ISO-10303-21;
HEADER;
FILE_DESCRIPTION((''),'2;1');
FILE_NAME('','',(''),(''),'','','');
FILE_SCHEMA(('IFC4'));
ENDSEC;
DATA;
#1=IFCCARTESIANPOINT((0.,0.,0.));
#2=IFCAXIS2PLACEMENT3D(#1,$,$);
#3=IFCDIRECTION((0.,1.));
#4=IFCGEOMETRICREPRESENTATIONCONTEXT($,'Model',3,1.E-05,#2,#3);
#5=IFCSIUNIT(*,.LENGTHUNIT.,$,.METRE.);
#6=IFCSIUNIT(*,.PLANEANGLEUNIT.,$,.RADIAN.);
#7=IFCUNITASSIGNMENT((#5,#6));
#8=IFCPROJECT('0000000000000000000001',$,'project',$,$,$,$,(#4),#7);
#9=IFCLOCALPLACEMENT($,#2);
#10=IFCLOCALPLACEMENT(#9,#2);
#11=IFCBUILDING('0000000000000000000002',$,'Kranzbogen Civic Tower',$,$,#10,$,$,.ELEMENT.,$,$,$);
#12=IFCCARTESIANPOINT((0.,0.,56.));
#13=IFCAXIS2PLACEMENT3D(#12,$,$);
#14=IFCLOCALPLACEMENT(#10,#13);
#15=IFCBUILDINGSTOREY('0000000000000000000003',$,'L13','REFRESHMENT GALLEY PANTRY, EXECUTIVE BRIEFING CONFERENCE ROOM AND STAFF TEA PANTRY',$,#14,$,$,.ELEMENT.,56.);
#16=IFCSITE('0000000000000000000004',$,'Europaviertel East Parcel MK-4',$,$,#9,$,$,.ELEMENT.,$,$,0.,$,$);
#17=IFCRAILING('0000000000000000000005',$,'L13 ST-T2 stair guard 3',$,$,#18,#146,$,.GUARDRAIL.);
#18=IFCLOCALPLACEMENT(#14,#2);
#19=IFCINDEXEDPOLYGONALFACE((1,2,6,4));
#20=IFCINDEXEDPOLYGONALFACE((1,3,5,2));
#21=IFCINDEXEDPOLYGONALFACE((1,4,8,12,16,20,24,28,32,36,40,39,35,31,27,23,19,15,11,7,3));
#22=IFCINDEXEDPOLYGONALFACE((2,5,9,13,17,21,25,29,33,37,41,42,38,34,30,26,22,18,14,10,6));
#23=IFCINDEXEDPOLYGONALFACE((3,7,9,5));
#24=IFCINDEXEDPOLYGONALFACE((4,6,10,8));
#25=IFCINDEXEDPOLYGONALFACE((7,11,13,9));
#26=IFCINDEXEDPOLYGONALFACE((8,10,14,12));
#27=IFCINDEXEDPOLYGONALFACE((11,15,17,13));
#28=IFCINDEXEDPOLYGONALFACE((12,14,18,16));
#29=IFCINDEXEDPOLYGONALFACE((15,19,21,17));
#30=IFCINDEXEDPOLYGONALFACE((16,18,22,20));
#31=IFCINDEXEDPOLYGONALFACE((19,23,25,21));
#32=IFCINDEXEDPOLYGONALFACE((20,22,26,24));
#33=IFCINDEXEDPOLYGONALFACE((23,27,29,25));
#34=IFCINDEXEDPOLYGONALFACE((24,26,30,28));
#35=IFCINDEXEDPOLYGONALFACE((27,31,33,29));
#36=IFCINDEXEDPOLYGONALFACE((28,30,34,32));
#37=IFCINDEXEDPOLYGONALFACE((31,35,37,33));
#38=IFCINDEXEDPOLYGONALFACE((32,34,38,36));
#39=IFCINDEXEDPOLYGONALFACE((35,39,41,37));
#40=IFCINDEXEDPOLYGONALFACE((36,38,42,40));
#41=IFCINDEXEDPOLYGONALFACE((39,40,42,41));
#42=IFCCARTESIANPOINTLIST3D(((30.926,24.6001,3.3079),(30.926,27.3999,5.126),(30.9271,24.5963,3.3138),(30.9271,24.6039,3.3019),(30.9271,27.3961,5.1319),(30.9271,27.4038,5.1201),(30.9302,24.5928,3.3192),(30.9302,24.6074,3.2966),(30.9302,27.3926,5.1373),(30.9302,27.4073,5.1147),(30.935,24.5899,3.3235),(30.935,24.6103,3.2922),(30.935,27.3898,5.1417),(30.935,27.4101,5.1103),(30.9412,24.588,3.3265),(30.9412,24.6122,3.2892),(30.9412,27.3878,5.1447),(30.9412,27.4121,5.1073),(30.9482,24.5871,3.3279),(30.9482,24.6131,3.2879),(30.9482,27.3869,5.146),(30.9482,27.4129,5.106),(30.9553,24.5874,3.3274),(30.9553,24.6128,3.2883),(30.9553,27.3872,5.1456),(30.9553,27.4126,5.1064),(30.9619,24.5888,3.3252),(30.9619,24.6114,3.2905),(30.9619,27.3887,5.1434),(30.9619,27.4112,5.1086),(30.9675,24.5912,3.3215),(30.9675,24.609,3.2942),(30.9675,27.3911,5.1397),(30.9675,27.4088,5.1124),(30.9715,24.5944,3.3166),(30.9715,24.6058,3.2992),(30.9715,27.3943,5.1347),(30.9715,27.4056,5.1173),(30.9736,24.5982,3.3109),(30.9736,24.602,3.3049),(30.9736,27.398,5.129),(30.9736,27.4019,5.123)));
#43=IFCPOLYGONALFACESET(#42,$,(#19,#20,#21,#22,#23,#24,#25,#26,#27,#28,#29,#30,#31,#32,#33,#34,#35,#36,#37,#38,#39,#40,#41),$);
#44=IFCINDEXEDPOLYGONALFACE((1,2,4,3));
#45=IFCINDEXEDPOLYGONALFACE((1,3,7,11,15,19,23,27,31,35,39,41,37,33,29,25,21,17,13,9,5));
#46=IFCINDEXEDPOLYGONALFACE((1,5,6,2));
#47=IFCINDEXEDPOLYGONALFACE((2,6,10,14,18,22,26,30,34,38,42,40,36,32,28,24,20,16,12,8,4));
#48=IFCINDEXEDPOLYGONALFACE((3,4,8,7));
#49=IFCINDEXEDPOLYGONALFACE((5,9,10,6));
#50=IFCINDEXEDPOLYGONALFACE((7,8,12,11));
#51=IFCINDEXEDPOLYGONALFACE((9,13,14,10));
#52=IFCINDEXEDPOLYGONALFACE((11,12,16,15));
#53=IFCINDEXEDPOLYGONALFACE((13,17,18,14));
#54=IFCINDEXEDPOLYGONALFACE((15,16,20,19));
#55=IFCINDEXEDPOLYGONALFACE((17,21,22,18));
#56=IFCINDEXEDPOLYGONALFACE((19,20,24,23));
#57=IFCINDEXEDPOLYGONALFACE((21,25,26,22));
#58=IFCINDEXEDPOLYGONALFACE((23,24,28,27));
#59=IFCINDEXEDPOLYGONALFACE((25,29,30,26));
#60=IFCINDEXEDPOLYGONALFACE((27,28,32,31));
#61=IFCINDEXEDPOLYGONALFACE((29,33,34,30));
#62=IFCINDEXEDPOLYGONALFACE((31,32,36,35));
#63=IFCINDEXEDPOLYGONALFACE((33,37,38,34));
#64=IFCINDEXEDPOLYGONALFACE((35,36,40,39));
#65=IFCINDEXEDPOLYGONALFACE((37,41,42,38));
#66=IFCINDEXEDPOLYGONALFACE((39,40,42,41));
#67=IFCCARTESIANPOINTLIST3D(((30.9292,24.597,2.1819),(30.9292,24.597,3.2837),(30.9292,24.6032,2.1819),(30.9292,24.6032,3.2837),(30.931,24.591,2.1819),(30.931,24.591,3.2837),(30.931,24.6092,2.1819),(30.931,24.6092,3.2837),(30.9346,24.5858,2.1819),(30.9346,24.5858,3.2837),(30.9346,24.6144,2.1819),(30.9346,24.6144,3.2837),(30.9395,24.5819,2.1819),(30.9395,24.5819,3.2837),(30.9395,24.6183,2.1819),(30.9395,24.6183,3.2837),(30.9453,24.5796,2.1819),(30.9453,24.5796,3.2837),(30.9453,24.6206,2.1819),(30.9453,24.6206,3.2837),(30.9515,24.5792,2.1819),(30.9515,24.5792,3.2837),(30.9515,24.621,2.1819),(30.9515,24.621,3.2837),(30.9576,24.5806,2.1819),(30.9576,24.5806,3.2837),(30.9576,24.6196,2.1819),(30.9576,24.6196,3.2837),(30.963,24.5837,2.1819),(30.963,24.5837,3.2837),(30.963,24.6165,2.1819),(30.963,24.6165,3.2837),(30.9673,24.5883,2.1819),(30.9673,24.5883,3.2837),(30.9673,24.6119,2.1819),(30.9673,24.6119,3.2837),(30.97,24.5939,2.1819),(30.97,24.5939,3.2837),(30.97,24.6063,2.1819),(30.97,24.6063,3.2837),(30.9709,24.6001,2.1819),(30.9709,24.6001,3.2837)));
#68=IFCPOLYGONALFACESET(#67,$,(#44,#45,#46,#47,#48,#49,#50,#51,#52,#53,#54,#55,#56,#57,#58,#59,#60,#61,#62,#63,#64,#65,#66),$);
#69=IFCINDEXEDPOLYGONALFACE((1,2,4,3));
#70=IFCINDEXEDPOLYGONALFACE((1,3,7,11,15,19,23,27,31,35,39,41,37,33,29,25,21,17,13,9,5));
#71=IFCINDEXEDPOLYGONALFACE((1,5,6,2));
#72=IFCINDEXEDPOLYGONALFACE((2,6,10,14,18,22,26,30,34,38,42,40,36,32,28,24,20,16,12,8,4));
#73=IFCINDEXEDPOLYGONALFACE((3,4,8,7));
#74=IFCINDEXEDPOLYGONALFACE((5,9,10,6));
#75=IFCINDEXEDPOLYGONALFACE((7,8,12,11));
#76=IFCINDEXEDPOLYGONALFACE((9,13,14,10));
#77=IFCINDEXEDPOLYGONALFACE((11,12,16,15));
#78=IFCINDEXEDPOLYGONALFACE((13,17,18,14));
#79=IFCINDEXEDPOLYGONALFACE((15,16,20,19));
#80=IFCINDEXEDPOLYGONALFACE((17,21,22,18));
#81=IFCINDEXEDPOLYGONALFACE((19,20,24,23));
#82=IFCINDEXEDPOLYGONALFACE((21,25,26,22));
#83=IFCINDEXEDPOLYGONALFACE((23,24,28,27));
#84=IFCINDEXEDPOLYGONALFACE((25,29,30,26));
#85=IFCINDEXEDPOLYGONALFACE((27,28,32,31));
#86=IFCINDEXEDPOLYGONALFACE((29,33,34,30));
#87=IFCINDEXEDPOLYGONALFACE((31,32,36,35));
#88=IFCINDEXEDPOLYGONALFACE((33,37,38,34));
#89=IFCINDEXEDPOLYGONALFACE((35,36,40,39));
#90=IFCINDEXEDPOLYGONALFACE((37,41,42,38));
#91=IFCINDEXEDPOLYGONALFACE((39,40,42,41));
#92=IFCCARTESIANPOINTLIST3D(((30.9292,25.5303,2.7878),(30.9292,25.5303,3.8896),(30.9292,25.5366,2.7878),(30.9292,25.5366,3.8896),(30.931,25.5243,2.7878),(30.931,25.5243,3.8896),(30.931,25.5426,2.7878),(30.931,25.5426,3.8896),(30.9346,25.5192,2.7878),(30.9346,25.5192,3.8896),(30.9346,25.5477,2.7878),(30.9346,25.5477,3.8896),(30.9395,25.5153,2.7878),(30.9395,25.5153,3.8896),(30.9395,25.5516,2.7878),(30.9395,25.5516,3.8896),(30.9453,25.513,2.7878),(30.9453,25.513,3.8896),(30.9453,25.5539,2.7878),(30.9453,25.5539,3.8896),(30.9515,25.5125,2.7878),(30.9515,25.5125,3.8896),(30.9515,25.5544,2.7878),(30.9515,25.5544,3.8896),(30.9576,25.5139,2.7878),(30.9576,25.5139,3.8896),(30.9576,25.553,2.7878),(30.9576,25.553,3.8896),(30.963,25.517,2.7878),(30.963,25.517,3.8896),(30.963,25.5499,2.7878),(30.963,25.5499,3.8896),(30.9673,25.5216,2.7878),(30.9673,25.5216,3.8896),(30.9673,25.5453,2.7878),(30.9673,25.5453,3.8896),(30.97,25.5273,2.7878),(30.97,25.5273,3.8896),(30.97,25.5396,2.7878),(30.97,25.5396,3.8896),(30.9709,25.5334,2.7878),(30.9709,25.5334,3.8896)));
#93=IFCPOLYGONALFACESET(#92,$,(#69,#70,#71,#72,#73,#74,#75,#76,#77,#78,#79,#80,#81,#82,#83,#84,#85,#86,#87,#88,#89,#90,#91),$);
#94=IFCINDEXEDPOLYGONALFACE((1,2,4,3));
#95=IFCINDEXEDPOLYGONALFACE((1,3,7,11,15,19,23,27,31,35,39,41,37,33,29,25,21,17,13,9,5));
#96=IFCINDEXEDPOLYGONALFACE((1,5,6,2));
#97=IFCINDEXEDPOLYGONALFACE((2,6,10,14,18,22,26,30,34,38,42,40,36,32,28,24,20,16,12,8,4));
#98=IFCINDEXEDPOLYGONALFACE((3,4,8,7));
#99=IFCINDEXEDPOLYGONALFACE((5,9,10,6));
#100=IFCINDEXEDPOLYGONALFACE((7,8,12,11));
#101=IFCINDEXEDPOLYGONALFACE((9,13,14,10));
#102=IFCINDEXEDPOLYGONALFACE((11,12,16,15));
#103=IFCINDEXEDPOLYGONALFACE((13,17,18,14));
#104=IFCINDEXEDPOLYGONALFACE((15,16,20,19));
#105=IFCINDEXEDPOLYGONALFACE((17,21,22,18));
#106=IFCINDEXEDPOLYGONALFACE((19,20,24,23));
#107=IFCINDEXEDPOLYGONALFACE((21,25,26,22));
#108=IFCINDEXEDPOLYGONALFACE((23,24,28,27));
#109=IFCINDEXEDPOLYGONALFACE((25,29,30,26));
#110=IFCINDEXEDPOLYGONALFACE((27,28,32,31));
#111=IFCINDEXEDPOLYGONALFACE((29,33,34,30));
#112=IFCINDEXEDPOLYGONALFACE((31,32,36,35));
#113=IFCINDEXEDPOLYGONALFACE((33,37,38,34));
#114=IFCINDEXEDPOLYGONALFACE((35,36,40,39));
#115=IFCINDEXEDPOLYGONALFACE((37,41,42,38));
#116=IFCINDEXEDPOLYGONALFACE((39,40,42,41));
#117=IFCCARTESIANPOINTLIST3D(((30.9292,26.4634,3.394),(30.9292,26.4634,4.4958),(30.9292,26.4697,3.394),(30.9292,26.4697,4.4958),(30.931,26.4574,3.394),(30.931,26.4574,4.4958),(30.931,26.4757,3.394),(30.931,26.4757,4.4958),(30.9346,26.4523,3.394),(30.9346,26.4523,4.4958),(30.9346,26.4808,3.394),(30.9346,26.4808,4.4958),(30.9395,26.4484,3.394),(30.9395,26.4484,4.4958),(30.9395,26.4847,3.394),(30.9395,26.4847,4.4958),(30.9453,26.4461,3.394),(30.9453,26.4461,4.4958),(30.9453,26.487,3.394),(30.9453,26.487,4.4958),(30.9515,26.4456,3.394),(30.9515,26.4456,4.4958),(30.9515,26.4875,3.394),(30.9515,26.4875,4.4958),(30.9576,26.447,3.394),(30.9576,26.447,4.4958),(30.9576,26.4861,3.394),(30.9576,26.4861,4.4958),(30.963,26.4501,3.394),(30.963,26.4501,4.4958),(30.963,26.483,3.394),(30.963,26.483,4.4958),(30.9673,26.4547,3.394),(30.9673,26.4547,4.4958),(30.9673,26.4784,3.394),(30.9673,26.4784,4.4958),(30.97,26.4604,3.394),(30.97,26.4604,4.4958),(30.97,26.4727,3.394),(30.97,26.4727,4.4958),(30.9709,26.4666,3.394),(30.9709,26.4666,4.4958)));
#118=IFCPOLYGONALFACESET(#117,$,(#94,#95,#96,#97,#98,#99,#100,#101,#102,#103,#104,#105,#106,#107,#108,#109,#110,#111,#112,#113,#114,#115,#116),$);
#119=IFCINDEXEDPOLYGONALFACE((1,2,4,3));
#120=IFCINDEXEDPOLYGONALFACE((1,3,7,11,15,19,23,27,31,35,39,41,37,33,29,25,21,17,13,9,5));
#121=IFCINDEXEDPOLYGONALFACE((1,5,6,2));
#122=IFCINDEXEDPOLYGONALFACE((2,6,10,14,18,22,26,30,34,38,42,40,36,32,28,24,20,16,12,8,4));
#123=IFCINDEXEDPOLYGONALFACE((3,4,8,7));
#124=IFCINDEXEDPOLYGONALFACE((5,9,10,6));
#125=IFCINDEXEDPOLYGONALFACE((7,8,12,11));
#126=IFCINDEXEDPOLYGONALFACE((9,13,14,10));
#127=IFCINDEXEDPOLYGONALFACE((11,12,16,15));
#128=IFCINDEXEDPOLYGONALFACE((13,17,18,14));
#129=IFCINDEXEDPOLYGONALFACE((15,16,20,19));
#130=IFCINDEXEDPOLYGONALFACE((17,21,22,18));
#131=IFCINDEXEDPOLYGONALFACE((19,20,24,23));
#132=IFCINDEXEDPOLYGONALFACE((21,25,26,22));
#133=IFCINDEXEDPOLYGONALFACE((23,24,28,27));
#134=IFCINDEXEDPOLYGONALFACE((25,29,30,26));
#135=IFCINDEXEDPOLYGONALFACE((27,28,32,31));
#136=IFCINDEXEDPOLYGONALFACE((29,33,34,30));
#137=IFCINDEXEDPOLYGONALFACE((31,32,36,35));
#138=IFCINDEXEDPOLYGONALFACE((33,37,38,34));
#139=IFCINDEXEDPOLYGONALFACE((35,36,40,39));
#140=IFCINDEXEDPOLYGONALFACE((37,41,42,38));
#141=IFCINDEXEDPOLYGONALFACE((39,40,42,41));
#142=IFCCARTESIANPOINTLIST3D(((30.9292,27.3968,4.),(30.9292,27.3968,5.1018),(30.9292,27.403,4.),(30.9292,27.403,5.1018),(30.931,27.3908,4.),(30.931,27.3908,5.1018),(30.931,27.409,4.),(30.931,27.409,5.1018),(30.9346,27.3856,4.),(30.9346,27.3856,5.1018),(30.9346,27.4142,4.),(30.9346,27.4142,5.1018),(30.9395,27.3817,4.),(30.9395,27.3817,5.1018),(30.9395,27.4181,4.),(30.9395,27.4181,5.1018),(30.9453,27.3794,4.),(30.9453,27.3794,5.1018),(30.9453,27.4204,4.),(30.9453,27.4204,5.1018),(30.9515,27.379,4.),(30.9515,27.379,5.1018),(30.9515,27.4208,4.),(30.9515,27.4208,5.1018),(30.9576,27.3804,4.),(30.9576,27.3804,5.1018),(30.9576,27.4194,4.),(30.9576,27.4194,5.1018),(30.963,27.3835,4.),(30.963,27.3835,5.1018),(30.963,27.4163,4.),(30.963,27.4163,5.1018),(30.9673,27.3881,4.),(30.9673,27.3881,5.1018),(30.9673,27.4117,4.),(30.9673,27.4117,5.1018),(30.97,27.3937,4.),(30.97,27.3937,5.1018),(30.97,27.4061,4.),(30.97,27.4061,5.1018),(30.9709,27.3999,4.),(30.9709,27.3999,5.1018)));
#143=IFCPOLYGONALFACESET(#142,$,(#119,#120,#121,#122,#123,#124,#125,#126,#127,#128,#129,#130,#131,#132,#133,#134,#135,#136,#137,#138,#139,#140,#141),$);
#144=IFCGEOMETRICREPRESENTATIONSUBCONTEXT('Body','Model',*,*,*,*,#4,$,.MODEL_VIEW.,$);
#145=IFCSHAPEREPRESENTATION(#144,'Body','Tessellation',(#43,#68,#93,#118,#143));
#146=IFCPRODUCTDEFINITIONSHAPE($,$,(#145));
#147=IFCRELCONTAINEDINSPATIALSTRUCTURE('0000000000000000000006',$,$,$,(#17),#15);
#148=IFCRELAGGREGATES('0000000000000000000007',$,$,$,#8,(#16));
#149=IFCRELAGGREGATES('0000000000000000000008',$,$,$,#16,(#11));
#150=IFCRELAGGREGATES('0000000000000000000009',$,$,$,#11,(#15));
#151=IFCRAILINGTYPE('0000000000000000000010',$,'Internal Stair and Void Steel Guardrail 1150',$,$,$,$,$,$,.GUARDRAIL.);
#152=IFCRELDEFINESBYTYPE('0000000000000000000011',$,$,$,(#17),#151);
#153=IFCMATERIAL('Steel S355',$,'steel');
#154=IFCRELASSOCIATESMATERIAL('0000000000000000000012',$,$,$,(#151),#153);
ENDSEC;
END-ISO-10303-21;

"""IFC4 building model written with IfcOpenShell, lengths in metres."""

from ifc_helpers import new_model, si_unit, direction, frame, origin, origin_2d, place, context, subcontext, project, spatial, circle, extrude, material, type_object, element, save


model = new_model("IFC4")

# Units and contexts
model_context = context("Model", 3, precision=1e-05, world=origin(), true_north=direction((0.0, 1.0)))
body_context = subcontext(model_context, "Body", "Model", "MODEL_VIEW")
ifc_project = project(units=[si_unit("LENGTHUNIT", "METRE"), si_unit("PLANEANGLEUNIT", "RADIAN")], contexts=[model_context])

# Site, building, storey
site_placement = place(None, origin())
site = spatial("IfcSite", under=ifc_project, at=site_placement, Name="Europaviertel East Parcel MK-4", CompositionType="ELEMENT", RefElevation=0.0)
building_placement = place(site_placement, origin())
building = spatial("IfcBuilding", under=site, at=building_placement, Name="Kranzbogen Civic Tower", CompositionType="ELEMENT")
storey_placement = place(building_placement, frame((0.0, 0.0, 56.0)))
storey = spatial("IfcBuildingStorey", under=building, at=storey_placement, Name="L13", Description="REFRESHMENT GALLEY PANTRY, EXECUTIVE BRIEFING CONFERENCE ROOM AND STAFF TEA PANTRY", CompositionType="ELEMENT", Elevation=56.0)

# Shared definitions
ifc_material_1 = material(Name="Steel S355", Category="steel")

# Railing
railing_type_1 = type_object("IfcRailingType", Name="Internal Stair and Void Steel Guardrail 1150", PredefinedType="GUARDRAIL", material=ifc_material_1)
railing_1_placement = place(storey_placement, frame((30.95, 24.6001, 2.1819)))
element("IfcRailing", 1, at=railing_1_placement, inside=storey, type_object=railing_type_1, Name="L13 ST-T2 stair guard 3", PredefinedType="GUARDRAIL", context=body_context, shape_type="SweptSolid", body=[
    extrude(circle(Radius=0.0239, at=origin_2d()), frame((0.0, 0.0, 1.126), z_axis=(0.0, 0.838684, 0.544618), x_axis=(-1.0, 0.0, 0.0)), (0.0, 0.0, 1.0), 3.3384),
    extrude(circle(Radius=0.021, at=origin_2d()), origin(), (0.0, 0.0, 1.0), 1.1018),
    extrude(circle(Radius=0.021, at=origin_2d()), frame((0.0, 0.9333, 0.606)), (0.0, 0.0, 1.0), 1.1018),
    extrude(circle(Radius=0.021, at=origin_2d()), frame((0.0, 1.8665, 1.2122)), (0.0, 0.0, 1.0), 1.1018),
    extrude(circle(Radius=0.021, at=origin_2d()), frame((0.0, 2.7998, 1.8181)), (0.0, 0.0, 1.0), 1.1018),
])

save(model, "model.ifc")
